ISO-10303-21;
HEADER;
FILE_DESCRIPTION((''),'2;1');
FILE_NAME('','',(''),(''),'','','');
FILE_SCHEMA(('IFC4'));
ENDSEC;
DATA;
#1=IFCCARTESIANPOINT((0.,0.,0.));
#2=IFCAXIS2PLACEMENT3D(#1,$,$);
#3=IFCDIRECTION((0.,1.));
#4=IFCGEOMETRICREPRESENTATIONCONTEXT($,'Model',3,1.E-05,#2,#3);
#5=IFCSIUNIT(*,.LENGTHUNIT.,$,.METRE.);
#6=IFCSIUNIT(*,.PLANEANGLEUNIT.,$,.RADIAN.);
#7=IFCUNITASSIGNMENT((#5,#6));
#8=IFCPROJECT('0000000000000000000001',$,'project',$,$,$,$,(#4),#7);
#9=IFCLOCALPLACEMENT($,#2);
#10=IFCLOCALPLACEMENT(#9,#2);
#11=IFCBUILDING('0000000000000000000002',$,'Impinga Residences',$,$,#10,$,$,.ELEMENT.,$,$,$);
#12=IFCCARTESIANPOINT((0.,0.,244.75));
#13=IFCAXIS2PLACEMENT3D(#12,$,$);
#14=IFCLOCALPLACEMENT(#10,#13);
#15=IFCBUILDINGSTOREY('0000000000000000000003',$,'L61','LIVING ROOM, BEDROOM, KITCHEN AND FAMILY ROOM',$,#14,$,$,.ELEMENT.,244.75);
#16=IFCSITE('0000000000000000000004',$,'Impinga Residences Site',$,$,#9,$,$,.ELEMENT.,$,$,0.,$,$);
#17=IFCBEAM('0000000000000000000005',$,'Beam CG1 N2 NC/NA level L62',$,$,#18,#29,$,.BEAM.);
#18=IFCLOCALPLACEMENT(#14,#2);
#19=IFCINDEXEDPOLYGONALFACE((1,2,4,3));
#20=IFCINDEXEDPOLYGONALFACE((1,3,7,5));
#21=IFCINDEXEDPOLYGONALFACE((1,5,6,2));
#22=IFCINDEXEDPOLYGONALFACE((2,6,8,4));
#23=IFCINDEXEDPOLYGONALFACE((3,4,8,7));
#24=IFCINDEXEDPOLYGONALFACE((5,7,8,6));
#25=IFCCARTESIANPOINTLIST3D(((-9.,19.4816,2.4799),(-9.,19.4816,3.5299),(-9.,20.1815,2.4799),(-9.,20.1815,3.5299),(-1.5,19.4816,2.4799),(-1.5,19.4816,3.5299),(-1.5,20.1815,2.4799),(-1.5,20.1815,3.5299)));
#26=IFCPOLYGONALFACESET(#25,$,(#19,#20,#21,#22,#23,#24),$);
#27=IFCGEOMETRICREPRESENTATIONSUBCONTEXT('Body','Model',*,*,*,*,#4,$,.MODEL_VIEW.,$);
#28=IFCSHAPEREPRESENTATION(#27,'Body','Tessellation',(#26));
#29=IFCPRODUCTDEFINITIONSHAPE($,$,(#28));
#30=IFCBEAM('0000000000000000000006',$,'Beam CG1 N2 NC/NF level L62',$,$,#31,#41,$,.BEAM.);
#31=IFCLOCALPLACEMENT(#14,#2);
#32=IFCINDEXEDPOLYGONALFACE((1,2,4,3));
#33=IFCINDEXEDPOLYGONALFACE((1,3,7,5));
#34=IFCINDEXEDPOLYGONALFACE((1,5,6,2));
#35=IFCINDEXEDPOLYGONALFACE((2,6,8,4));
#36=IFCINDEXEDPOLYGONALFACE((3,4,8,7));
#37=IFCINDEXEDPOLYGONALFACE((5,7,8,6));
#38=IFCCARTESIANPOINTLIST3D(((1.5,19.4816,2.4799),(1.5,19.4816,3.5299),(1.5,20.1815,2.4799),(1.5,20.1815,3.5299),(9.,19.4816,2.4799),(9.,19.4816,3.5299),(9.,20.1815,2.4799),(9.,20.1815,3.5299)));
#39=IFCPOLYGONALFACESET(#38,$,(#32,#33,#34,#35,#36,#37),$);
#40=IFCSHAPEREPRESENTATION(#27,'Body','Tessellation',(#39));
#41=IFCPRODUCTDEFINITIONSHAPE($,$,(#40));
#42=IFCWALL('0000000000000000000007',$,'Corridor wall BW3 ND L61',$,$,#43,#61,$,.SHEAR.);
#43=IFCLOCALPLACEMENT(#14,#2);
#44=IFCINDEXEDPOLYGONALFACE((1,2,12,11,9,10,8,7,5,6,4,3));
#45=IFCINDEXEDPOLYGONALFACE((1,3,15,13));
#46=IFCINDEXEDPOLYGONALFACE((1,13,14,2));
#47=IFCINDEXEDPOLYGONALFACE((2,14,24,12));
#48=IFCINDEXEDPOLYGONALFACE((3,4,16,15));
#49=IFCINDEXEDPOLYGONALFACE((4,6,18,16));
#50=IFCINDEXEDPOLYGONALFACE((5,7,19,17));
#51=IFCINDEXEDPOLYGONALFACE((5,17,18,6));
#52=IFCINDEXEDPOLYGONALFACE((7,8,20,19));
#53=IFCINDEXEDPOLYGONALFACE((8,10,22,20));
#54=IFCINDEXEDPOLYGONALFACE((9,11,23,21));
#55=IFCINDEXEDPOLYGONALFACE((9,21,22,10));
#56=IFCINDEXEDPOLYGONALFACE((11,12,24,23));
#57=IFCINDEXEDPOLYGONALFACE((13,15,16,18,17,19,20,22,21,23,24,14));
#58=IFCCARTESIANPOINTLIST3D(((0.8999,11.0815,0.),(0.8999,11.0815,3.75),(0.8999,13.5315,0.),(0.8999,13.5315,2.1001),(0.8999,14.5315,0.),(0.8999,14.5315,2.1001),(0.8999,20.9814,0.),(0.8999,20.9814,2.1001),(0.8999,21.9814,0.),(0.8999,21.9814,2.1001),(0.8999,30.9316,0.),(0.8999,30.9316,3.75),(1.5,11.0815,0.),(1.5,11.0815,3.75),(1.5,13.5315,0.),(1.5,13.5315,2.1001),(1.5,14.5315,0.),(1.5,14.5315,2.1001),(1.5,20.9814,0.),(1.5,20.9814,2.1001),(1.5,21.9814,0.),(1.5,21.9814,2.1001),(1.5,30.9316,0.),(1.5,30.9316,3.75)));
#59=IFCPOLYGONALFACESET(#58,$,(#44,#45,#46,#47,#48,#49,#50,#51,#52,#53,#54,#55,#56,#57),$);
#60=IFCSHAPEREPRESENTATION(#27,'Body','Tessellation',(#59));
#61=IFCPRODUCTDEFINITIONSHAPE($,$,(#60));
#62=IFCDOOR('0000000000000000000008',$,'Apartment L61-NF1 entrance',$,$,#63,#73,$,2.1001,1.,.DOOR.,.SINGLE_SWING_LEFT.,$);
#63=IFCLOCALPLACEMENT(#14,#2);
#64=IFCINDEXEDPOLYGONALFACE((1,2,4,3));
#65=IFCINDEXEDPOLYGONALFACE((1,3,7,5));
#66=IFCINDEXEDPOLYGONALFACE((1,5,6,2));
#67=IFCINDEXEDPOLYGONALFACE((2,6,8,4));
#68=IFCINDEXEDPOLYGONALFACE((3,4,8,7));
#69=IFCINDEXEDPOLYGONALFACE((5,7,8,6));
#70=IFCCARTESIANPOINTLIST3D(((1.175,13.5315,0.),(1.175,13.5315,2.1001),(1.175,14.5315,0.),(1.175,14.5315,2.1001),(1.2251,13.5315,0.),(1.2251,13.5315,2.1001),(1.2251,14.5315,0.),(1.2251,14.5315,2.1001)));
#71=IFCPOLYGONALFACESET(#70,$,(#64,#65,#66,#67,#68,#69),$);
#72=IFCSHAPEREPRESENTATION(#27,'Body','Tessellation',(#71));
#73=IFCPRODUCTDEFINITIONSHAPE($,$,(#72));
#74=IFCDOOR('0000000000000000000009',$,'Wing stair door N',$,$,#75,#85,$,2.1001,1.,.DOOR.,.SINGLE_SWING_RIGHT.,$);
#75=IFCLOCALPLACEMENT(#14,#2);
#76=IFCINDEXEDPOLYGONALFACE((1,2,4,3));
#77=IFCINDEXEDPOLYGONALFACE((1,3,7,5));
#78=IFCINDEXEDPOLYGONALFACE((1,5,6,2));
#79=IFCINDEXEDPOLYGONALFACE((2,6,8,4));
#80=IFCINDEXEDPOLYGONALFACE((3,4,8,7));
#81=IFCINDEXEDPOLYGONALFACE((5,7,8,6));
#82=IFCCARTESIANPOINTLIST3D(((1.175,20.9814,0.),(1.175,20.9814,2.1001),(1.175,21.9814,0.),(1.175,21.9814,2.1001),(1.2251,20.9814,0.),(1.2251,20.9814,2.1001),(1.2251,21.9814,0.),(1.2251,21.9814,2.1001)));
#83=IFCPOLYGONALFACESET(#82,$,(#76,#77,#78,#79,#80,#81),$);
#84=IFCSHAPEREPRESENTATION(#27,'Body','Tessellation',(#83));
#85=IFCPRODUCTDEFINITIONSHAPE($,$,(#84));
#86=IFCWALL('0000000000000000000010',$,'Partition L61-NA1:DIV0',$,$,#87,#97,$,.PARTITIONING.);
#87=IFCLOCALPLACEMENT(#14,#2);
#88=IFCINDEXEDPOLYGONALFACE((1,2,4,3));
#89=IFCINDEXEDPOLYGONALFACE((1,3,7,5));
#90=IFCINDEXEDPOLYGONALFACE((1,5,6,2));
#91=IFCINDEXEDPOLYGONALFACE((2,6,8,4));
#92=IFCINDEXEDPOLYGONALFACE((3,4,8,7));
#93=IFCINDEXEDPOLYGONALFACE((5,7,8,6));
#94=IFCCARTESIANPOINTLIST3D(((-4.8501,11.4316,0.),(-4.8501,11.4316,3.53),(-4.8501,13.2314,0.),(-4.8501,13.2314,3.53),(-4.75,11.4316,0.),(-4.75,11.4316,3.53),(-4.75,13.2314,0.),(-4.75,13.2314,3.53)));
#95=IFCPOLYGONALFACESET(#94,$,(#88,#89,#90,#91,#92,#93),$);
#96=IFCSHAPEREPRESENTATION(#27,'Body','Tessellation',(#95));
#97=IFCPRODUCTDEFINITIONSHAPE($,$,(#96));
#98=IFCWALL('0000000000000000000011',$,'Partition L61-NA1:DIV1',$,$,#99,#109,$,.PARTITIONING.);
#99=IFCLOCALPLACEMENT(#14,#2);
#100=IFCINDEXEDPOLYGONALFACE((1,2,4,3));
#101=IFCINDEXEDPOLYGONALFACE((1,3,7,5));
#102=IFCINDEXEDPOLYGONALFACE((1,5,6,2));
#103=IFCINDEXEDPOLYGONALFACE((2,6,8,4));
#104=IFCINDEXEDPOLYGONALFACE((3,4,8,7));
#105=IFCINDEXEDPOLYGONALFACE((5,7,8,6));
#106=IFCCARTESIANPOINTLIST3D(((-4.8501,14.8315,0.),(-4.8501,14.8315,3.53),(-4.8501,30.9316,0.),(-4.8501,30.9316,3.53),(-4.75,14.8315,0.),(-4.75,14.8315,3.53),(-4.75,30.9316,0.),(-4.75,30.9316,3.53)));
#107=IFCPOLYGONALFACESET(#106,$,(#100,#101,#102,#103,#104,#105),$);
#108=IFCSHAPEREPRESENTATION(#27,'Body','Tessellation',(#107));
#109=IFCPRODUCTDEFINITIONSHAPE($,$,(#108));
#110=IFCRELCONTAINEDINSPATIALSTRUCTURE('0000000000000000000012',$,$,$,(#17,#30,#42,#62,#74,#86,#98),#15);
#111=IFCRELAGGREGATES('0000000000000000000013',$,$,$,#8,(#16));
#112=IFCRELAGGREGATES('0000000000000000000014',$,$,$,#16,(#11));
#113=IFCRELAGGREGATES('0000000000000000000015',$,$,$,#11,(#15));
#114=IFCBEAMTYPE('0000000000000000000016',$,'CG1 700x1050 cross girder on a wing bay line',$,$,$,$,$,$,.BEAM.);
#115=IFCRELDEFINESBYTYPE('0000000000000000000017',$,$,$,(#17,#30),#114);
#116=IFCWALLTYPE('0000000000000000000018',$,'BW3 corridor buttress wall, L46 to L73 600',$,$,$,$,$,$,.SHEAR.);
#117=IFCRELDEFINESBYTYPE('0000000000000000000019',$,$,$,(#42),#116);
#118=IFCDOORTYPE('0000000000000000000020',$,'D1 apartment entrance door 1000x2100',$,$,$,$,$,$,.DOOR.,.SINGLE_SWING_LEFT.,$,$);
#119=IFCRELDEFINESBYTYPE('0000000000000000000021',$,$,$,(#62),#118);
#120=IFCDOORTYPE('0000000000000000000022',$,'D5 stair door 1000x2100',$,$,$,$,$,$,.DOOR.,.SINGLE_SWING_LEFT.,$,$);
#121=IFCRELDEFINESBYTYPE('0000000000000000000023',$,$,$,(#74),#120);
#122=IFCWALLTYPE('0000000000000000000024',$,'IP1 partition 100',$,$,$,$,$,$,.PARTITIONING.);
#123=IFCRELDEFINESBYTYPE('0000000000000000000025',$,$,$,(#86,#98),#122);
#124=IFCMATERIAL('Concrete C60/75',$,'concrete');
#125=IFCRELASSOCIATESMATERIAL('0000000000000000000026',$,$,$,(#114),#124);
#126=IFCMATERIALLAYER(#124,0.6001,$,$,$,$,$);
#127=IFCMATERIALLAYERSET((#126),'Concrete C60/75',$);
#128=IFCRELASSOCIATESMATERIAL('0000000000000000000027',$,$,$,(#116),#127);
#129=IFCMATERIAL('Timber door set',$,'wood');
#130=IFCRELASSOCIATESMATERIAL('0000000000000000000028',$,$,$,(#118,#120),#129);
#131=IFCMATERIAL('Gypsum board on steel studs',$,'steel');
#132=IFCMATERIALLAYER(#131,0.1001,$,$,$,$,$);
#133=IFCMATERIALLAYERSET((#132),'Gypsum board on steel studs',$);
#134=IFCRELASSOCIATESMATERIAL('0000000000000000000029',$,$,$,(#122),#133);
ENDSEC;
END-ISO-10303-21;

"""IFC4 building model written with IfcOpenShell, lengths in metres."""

from ifc_helpers import new_model, si_unit, direction, frame, frame_2d, origin, origin_2d, place, context, subcontext, project, spatial, rectangle, extrude, material, layer, layer_set, material_profile, profile_set, type_object, element, fill, save


model = new_model("IFC4")

# Units and contexts
model_context = context("Model", 3, precision=1e-05, world=origin(), true_north=direction((0.0, 1.0)))
body_context = subcontext(model_context, "Body", "Model", "MODEL_VIEW")
ifc_project = project(units=[si_unit("LENGTHUNIT", "METRE"), si_unit("PLANEANGLEUNIT", "RADIAN")], contexts=[model_context])

# Site, building, storey
site_placement = place(None, origin())
site = spatial("IfcSite", under=ifc_project, at=site_placement, Name="Impinga Residences Site", CompositionType="ELEMENT", RefElevation=0.0)
building_placement = place(site_placement, origin())
building = spatial("IfcBuilding", under=site, at=building_placement, Name="Impinga Residences", CompositionType="ELEMENT")
storey_placement = place(building_placement, frame((0.0, 0.0, 244.75)))
storey = spatial("IfcBuildingStorey", under=building, at=storey_placement, Name="L61", Description="LIVING ROOM, BEDROOM, KITCHEN AND FAMILY ROOM", CompositionType="ELEMENT", Elevation=244.75)

# Beams
ifc_material_1 = material(Name="Concrete C60/75", Category="concrete")
ifc_material_profile = material_profile(ifc_material_1, rectangle(XDim=0.7, YDim=1.05, at=origin_2d()), Name="RC 700x1050")
ifc_profile_set = profile_set([ifc_material_profile], Name="Concrete C60/75")
beam_type = type_object("IfcBeamType", Name="CG1 700x1050 cross girder on a wing bay line", PredefinedType="BEAM", material=ifc_profile_set)
for number, where, z_axis, x_axis, name in (
    (1, (-1.5, 19.8315, 3.0049), (-1.0, 0.0, 0.0), (0.0, -1.0, 0.0), "Beam CG1 N2 NC/NA level L62"),
    (2, (1.5, 19.8315, 3.0049), (1.0, 0.0, 0.0), (0.0, 1.0, 0.0), "Beam CG1 N2 NC/NF level L62"),
):
    element("IfcBeam", number, at=place(storey_placement, frame(where, z_axis=z_axis, x_axis=x_axis)), inside=storey, type_object=beam_type, Name=name, PredefinedType="BEAM", context=body_context, shape_type="SweptSolid", body=[
        extrude(rectangle(XDim=0.7, YDim=1.05, at=origin_2d()), origin(), (0.0, 0.0, 1.0), 7.5),
    ])

# Wall, openings, doors
ifc_layer_1 = layer(ifc_material_1, 0.6001)
ifc_layer_set_1 = layer_set([ifc_layer_1], Name="Concrete C60/75")
wall_type_1 = type_object("IfcWallType", Name="BW3 corridor buttress wall, L46 to L73 600", PredefinedType="SHEAR", material=ifc_layer_set_1)
wall_1_placement = place(storey_placement, frame((1.2, 11.0815, 0.0), z_axis=(0.0, 0.0, 1.0), x_axis=(0.0, 1.0, 0.0)))
wall_1 = element("IfcWall", 3, at=wall_1_placement, inside=storey, type_object=wall_type_1, Name="Corridor wall BW3 ND L61", PredefinedType="SHEAR", context=body_context, shape_type="SweptSolid", body=[
    extrude(rectangle(XDim=19.8501, YDim=0.6001, at=frame_2d((9.925, 0.0))), origin(), (0.0, 0.0, 1.0), 3.75),
])
opening_1_placement = place(wall_1_placement, frame((9.8999, 0.0, 0.0)))
opening_1 = element("IfcOpeningElement", 4, at=opening_1_placement, cuts=wall_1, PredefinedType="OPENING", context=body_context, shape_type="SweptSolid", body=[
    extrude(rectangle(XDim=1.0, YDim=2.1001, at=frame_2d((0.5, 1.05))), frame((0.0, 0.3101, 0.0), z_axis=(0.0, -1.0, 0.0), x_axis=(1.0, 0.0, 0.0)), (0.0, 0.0, 1.0), 0.6201),
])
opening_2_placement = place(wall_1_placement, frame((2.45, 0.0, 0.0)))
opening_2 = element("IfcOpeningElement", 5, at=opening_2_placement, cuts=wall_1, PredefinedType="OPENING", context=body_context, shape_type="SweptSolid", body=[
    extrude(rectangle(XDim=1.0, YDim=2.1001, at=frame_2d((0.5, 1.05))), frame((0.0, 0.3101, 0.0), z_axis=(0.0, -1.0, 0.0), x_axis=(1.0, 0.0, 0.0)), (0.0, 0.0, 1.0), 0.6201),
])
ifc_material_2 = material(Name="Timber door set", Category="wood")
door_type_1 = type_object("IfcDoorType", Name="D1 apartment entrance door 1000x2100", OperationType="SINGLE_SWING_LEFT", PredefinedType="DOOR", material=ifc_material_2)
door_1_placement = place(opening_2_placement, origin())
door_1 = element("IfcDoor", 6, at=door_1_placement, inside=storey, type_object=door_type_1, Name="Apartment L61-NF1 entrance", OperationType="SINGLE_SWING_LEFT", OverallHeight=2.1001, OverallWidth=1.0, PredefinedType="DOOR", context=body_context, shape_type="SweptSolid", body=[
    extrude(rectangle(XDim=1.0, YDim=2.1001, at=frame_2d((0.5, 1.05))), frame((0.0, 0.0249, 0.0), z_axis=(0.0, -1.0, 0.0), x_axis=(1.0, 0.0, 0.0)), (0.0, 0.0, 1.0), 0.05),
])
fill(opening_2, door_1)
door_type_2 = type_object("IfcDoorType", Name="D5 stair door 1000x2100", OperationType="SINGLE_SWING_LEFT", PredefinedType="DOOR", material=ifc_material_2)
door_2_placement = place(opening_1_placement, origin())
door_2 = element("IfcDoor", 7, at=door_2_placement, inside=storey, type_object=door_type_2, Name="Wing stair door N", OperationType="SINGLE_SWING_RIGHT", OverallHeight=2.1001, OverallWidth=1.0, PredefinedType="DOOR", context=body_context, shape_type="SweptSolid", body=[
    extrude(rectangle(XDim=1.0, YDim=2.1001, at=frame_2d((0.5, 1.05))), frame((0.0, 0.0249, 0.0), z_axis=(0.0, -1.0, 0.0), x_axis=(1.0, 0.0, 0.0)), (0.0, 0.0, 1.0), 0.05),
])
fill(opening_1, door_2)

# Walls
ifc_material_3 = material(Name="Gypsum board on steel studs", Category="steel")
ifc_layer_2 = layer(ifc_material_3, 0.1001)
ifc_layer_set_2 = layer_set([ifc_layer_2], Name="Gypsum board on steel studs")
wall_type_2 = type_object("IfcWallType", Name="IP1 partition 100", PredefinedType="PARTITIONING", material=ifc_layer_set_2)
wall_2_placement = place(storey_placement, frame((-4.8, 11.4316, 0.0), z_axis=(0.0, 0.0, 1.0), x_axis=(0.0, 1.0, 0.0)))
element("IfcWall", 8, at=wall_2_placement, inside=storey, type_object=wall_type_2, Name="Partition L61-NA1:DIV0", PredefinedType="PARTITIONING", context=body_context, shape_type="SweptSolid", body=[
    extrude(rectangle(XDim=1.7998, YDim=0.1001, at=frame_2d((0.8999, 0.0))), origin(), (0.0, 0.0, 1.0), 3.53),
])
wall_3_placement = place(storey_placement, frame((-4.8, 14.8315, 0.0), z_axis=(0.0, 0.0, 1.0), x_axis=(0.0, 1.0, 0.0)))
element("IfcWall", 9, at=wall_3_placement, inside=storey, type_object=wall_type_2, Name="Partition L61-NA1:DIV1", PredefinedType="PARTITIONING", context=body_context, shape_type="SweptSolid", body=[
    extrude(rectangle(XDim=16.1001, YDim=0.1001, at=frame_2d((8.05, 0.0))), origin(), (0.0, 0.0, 1.0), 3.53),
])

save(model, "model.ifc")
